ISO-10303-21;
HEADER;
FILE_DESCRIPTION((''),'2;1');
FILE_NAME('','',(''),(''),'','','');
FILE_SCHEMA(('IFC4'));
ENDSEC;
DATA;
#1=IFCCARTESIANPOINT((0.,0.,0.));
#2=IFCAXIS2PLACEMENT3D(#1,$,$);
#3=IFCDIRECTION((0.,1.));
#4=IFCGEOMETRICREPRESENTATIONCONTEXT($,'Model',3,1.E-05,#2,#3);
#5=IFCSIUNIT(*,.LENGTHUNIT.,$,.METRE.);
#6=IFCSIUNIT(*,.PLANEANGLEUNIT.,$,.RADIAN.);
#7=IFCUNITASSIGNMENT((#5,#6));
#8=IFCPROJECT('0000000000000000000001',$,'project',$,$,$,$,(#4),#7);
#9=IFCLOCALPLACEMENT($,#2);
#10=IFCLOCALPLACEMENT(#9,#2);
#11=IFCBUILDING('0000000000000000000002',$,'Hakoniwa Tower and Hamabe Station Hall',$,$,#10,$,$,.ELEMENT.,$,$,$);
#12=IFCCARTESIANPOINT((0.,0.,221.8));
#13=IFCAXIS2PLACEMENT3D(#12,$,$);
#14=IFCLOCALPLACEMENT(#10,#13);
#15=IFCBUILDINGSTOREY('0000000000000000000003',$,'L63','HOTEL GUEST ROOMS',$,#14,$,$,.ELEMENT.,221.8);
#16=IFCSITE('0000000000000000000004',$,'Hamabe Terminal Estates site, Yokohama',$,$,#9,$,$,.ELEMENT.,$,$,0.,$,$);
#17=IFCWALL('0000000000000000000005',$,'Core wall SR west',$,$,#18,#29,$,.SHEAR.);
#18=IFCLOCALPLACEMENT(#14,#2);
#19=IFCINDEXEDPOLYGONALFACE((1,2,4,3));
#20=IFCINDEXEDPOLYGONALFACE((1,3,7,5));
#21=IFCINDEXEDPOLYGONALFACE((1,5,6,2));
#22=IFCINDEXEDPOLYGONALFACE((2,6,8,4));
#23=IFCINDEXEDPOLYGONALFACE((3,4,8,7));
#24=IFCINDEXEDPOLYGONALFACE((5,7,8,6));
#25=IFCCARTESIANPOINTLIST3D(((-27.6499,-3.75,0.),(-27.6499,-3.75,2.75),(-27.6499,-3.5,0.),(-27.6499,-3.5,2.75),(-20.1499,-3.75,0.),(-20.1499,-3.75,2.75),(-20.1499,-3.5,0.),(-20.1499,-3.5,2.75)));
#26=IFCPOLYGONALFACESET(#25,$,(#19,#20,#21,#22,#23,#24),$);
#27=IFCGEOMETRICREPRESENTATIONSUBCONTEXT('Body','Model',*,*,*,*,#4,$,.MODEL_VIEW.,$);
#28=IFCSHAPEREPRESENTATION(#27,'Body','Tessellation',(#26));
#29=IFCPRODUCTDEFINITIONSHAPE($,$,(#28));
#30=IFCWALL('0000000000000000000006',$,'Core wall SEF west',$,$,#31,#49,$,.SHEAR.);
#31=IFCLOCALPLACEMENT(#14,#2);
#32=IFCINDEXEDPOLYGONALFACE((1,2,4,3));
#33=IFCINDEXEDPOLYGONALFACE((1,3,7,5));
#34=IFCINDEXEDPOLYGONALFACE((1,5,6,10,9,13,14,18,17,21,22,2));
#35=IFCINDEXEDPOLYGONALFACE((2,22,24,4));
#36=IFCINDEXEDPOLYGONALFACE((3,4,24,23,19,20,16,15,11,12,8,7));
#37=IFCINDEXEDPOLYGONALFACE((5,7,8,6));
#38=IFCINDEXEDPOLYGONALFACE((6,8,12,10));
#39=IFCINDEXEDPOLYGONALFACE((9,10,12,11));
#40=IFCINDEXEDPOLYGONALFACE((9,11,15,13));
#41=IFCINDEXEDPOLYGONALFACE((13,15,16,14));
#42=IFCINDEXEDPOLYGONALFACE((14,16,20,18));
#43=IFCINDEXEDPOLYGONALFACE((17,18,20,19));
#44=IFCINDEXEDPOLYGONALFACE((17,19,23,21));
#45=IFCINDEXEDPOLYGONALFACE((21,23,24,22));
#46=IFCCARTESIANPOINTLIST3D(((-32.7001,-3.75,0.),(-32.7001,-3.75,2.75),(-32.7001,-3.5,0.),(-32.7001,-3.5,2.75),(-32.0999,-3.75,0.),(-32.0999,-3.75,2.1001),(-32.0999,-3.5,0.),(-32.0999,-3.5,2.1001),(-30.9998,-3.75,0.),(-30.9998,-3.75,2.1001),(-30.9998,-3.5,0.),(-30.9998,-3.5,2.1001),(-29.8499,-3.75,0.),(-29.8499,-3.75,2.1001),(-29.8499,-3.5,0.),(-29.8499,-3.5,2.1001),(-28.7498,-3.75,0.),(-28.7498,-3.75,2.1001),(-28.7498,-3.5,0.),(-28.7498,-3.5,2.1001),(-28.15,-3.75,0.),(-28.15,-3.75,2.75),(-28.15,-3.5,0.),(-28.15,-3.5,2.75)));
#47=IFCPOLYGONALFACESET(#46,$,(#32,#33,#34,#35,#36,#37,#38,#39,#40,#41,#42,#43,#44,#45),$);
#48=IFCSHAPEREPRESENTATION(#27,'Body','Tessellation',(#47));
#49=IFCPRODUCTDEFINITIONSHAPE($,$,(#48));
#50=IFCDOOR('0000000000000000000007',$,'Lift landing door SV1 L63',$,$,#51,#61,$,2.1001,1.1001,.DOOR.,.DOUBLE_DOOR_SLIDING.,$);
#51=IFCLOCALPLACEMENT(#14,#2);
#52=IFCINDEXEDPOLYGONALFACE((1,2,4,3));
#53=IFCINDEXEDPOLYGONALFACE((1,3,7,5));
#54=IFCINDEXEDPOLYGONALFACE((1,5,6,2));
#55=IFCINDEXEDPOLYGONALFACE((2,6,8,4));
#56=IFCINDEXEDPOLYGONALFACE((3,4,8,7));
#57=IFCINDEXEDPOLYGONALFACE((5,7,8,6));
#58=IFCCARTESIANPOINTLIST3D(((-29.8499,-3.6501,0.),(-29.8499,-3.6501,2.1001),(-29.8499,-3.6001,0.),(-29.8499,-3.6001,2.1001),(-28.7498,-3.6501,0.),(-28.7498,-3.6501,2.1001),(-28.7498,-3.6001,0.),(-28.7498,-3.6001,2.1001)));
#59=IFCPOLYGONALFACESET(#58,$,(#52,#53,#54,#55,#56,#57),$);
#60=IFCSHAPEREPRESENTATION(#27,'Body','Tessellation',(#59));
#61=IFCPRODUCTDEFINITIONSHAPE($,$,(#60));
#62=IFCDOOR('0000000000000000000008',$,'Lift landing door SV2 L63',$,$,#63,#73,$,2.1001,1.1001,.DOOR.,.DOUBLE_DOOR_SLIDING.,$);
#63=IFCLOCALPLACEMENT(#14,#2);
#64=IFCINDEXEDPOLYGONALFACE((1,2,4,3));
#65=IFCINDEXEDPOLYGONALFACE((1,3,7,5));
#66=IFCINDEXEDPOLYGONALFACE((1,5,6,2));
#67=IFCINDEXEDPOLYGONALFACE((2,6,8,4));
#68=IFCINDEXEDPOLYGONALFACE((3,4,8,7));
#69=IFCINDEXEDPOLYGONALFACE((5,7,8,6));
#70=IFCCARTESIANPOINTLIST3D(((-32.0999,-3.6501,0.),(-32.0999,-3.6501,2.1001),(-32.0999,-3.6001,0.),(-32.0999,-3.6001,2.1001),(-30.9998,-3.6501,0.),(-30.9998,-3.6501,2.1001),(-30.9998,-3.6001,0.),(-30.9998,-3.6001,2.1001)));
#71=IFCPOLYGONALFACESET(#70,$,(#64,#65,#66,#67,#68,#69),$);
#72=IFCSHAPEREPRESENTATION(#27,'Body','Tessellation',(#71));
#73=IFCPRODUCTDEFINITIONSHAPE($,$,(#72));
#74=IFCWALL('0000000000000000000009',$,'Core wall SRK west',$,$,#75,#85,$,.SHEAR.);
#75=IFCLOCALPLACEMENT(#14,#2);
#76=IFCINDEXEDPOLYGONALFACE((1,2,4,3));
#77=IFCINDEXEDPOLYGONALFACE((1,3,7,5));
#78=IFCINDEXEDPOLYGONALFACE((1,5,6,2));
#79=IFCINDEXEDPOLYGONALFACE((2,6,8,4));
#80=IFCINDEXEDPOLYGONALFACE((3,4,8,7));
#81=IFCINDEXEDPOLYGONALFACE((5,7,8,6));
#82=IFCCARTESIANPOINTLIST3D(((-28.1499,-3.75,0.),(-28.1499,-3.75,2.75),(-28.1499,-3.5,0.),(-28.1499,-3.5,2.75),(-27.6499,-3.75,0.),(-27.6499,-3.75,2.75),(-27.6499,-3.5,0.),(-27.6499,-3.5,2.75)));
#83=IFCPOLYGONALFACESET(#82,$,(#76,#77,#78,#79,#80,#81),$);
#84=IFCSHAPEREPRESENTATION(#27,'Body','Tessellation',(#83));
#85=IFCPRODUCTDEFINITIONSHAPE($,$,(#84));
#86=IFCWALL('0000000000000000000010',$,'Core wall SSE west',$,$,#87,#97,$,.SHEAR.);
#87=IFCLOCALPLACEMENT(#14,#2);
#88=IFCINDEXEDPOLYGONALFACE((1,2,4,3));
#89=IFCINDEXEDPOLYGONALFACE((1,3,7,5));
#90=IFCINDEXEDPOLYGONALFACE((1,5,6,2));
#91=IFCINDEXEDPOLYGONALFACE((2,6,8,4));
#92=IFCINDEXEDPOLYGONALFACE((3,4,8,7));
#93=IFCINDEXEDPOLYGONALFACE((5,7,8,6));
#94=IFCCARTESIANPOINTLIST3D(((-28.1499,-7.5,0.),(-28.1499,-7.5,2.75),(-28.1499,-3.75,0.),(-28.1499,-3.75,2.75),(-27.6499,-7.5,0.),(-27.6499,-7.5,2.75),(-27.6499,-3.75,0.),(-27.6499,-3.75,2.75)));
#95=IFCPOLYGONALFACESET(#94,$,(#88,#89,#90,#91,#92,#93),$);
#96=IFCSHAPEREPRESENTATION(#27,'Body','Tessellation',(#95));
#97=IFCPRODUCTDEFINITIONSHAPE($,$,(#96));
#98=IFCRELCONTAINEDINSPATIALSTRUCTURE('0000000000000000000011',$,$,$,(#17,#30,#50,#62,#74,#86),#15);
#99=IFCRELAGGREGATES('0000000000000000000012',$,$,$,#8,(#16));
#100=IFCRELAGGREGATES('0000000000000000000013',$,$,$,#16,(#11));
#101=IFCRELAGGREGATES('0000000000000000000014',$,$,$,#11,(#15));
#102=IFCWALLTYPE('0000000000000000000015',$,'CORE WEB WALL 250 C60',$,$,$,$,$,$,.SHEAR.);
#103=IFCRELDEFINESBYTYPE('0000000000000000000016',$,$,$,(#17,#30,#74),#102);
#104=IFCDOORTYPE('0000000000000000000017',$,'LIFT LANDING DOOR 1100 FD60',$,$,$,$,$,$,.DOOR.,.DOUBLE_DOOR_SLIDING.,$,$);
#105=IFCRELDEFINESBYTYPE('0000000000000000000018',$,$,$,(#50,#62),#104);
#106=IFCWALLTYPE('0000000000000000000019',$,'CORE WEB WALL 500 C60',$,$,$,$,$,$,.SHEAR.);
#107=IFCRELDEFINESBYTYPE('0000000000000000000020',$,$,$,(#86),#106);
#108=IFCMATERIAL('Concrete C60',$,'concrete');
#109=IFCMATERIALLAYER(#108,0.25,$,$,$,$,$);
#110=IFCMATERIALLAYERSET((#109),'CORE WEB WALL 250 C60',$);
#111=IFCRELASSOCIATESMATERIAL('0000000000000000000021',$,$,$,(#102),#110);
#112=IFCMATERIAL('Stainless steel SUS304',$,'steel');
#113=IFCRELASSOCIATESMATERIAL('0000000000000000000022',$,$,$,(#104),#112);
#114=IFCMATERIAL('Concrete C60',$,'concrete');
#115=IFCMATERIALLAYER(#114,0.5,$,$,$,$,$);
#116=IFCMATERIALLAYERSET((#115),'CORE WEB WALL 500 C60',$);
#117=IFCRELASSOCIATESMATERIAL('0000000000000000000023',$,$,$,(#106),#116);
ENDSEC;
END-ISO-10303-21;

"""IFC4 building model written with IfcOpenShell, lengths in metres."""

from ifc_helpers import new_model, si_unit, direction, frame, frame_2d, origin, place, context, subcontext, project, spatial, rectangle, extrude, material, layer, layer_set, type_object, element, fill, save


model = new_model("IFC4")

# Units and contexts
model_context = context("Model", 3, precision=1e-05, world=origin(), true_north=direction((0.0, 1.0)))
body_context = subcontext(model_context, "Body", "Model", "MODEL_VIEW")
ifc_project = project(units=[si_unit("LENGTHUNIT", "METRE"), si_unit("PLANEANGLEUNIT", "RADIAN")], contexts=[model_context])

# Site, building, storey
site_placement = place(None, origin())
site = spatial("IfcSite", under=ifc_project, at=site_placement, Name="Hamabe Terminal Estates site, Yokohama", CompositionType="ELEMENT", RefElevation=0.0)
building_placement = place(site_placement, origin())
building = spatial("IfcBuilding", under=site, at=building_placement, Name="Hakoniwa Tower and Hamabe Station Hall", CompositionType="ELEMENT")
storey_placement = place(building_placement, frame((0.0, 0.0, 221.8)))
storey = spatial("IfcBuildingStorey", under=building, at=storey_placement, Name="L63", Description="HOTEL GUEST ROOMS", CompositionType="ELEMENT", Elevation=221.8)

# Shared definitions
ifc_material_1 = material(Name="Concrete C60", Category="concrete")
ifc_layer_1 = layer(ifc_material_1, 0.25)
ifc_layer_set_1 = layer_set([ifc_layer_1], Name="CORE WEB WALL 250 C60")
wall_type_1 = type_object("IfcWallType", Name="CORE WEB WALL 250 C60", PredefinedType="SHEAR", material=ifc_layer_set_1)
ifc_material_2 = material(Name="Stainless steel SUS304", Category="steel")
door_type_1 = type_object("IfcDoorType", Name="LIFT LANDING DOOR 1100 FD60", OperationType="DOUBLE_DOOR_SLIDING", PredefinedType="DOOR", material=ifc_material_2)

# Wall
wall_1_placement = place(storey_placement, frame((-27.6499, -3.625, 0.0), z_axis=(0.0, 0.0, 1.0), x_axis=(1.0, 0.0, 0.0)))
element("IfcWall", 1, at=wall_1_placement, inside=storey, type_object=wall_type_1, Name="Core wall SR west", PredefinedType="SHEAR", context=body_context, shape_type="SweptSolid", body=[
    extrude(rectangle(XDim=7.5, YDim=0.25, at=frame_2d((3.75, 0.0))), origin(), (0.0, 0.0, 1.0), 2.75),
])

# Wall, openings, doors
wall_2_placement = place(storey_placement, frame((-32.7, -3.625, 0.0), z_axis=(0.0, 0.0, 1.0), x_axis=(1.0, 0.0, 0.0)))
wall_2 = element("IfcWall", 2, at=wall_2_placement, inside=storey, type_object=wall_type_1, Name="Core wall SEF west", PredefinedType="SHEAR", context=body_context, shape_type="SweptSolid", body=[
    extrude(rectangle(XDim=4.55, YDim=0.25, at=frame_2d((2.2749, 0.0))), origin(), (0.0, 0.0, 1.0), 2.75),
])
opening_1_placement = place(wall_2_placement, frame((2.8501, 0.0, 0.0)))
opening_1 = element("IfcOpeningElement", 3, at=opening_1_placement, cuts=wall_2, PredefinedType="OPENING", context=body_context, shape_type="SweptSolid", body=[
    extrude(rectangle(XDim=1.1001, YDim=2.1001, at=frame_2d((0.55, 1.05))), frame((0.0, 0.135, 0.0), z_axis=(0.0, -1.0, 0.0), x_axis=(1.0, 0.0, 0.0)), (0.0, 0.0, 1.0), 0.27),
])
opening_2_placement = place(wall_2_placement, frame((0.6001, 0.0, 0.0)))
opening_2 = element("IfcOpeningElement", 4, at=opening_2_placement, cuts=wall_2, PredefinedType="OPENING", context=body_context, shape_type="SweptSolid", body=[
    extrude(rectangle(XDim=1.1001, YDim=2.1001, at=frame_2d((0.55, 1.05))), frame((0.0, 0.135, 0.0), z_axis=(0.0, -1.0, 0.0), x_axis=(1.0, 0.0, 0.0)), (0.0, 0.0, 1.0), 0.27),
])
door_1_placement = place(opening_1_placement, origin())
door_1 = element("IfcDoor", 5, at=door_1_placement, inside=storey, type_object=door_type_1, Name="Lift landing door SV1 L63", OperationType="DOUBLE_DOOR_SLIDING", OverallHeight=2.1001, OverallWidth=1.1001, PredefinedType="DOOR", context=body_context, shape_type="SweptSolid", body=[
    extrude(rectangle(XDim=1.1001, YDim=2.1001, at=frame_2d((0.55, 1.05))), frame((0.0, 0.0249, 0.0), z_axis=(0.0, -1.0, 0.0), x_axis=(1.0, 0.0, 0.0)), (0.0, 0.0, 1.0), 0.05),
])
fill(opening_1, door_1)
door_2_placement = place(opening_2_placement, origin())
door_2 = element("IfcDoor", 6, at=door_2_placement, inside=storey, type_object=door_type_1, Name="Lift landing door SV2 L63", OperationType="DOUBLE_DOOR_SLIDING", OverallHeight=2.1001, OverallWidth=1.1001, PredefinedType="DOOR", context=body_context, shape_type="SweptSolid", body=[
    extrude(rectangle(XDim=1.1001, YDim=2.1001, at=frame_2d((0.55, 1.05))), frame((0.0, 0.0249, 0.0), z_axis=(0.0, -1.0, 0.0), x_axis=(1.0, 0.0, 0.0)), (0.0, 0.0, 1.0), 0.05),
])
fill(opening_2, door_2)

# Walls
wall_3_placement = place(storey_placement, frame((-28.1499, -3.625, 0.0), z_axis=(0.0, 0.0, 1.0), x_axis=(1.0, 0.0, 0.0)))
element("IfcWall", 7, at=wall_3_placement, inside=storey, type_object=wall_type_1, Name="Core wall SRK west", PredefinedType="SHEAR", context=body_context, shape_type="SweptSolid", body=[
    extrude(rectangle(XDim=0.5, YDim=0.25, at=frame_2d((0.25, 0.0))), origin(), (0.0, 0.0, 1.0), 2.75),
])
ifc_material_3 = material(Name="Concrete C60", Category="concrete")
ifc_layer_2 = layer(ifc_material_3, 0.5)
ifc_layer_set_2 = layer_set([ifc_layer_2], Name="CORE WEB WALL 500 C60")
wall_type_2 = type_object("IfcWallType", Name="CORE WEB WALL 500 C60", PredefinedType="SHEAR", material=ifc_layer_set_2)
wall_4_placement = place(storey_placement, frame((-27.8999, -7.5, 0.0), z_axis=(0.0, 0.0, 1.0), x_axis=(0.0, 1.0, 0.0)))
element("IfcWall", 8, at=wall_4_placement, inside=storey, type_object=wall_type_2, Name="Core wall SSE west", PredefinedType="SHEAR", context=body_context, shape_type="SweptSolid", body=[
    extrude(rectangle(XDim=3.75, YDim=0.5, at=frame_2d((1.875, 0.0))), origin(), (0.0, 0.0, 1.0), 2.75),
])

save(model, "model.ifc")
